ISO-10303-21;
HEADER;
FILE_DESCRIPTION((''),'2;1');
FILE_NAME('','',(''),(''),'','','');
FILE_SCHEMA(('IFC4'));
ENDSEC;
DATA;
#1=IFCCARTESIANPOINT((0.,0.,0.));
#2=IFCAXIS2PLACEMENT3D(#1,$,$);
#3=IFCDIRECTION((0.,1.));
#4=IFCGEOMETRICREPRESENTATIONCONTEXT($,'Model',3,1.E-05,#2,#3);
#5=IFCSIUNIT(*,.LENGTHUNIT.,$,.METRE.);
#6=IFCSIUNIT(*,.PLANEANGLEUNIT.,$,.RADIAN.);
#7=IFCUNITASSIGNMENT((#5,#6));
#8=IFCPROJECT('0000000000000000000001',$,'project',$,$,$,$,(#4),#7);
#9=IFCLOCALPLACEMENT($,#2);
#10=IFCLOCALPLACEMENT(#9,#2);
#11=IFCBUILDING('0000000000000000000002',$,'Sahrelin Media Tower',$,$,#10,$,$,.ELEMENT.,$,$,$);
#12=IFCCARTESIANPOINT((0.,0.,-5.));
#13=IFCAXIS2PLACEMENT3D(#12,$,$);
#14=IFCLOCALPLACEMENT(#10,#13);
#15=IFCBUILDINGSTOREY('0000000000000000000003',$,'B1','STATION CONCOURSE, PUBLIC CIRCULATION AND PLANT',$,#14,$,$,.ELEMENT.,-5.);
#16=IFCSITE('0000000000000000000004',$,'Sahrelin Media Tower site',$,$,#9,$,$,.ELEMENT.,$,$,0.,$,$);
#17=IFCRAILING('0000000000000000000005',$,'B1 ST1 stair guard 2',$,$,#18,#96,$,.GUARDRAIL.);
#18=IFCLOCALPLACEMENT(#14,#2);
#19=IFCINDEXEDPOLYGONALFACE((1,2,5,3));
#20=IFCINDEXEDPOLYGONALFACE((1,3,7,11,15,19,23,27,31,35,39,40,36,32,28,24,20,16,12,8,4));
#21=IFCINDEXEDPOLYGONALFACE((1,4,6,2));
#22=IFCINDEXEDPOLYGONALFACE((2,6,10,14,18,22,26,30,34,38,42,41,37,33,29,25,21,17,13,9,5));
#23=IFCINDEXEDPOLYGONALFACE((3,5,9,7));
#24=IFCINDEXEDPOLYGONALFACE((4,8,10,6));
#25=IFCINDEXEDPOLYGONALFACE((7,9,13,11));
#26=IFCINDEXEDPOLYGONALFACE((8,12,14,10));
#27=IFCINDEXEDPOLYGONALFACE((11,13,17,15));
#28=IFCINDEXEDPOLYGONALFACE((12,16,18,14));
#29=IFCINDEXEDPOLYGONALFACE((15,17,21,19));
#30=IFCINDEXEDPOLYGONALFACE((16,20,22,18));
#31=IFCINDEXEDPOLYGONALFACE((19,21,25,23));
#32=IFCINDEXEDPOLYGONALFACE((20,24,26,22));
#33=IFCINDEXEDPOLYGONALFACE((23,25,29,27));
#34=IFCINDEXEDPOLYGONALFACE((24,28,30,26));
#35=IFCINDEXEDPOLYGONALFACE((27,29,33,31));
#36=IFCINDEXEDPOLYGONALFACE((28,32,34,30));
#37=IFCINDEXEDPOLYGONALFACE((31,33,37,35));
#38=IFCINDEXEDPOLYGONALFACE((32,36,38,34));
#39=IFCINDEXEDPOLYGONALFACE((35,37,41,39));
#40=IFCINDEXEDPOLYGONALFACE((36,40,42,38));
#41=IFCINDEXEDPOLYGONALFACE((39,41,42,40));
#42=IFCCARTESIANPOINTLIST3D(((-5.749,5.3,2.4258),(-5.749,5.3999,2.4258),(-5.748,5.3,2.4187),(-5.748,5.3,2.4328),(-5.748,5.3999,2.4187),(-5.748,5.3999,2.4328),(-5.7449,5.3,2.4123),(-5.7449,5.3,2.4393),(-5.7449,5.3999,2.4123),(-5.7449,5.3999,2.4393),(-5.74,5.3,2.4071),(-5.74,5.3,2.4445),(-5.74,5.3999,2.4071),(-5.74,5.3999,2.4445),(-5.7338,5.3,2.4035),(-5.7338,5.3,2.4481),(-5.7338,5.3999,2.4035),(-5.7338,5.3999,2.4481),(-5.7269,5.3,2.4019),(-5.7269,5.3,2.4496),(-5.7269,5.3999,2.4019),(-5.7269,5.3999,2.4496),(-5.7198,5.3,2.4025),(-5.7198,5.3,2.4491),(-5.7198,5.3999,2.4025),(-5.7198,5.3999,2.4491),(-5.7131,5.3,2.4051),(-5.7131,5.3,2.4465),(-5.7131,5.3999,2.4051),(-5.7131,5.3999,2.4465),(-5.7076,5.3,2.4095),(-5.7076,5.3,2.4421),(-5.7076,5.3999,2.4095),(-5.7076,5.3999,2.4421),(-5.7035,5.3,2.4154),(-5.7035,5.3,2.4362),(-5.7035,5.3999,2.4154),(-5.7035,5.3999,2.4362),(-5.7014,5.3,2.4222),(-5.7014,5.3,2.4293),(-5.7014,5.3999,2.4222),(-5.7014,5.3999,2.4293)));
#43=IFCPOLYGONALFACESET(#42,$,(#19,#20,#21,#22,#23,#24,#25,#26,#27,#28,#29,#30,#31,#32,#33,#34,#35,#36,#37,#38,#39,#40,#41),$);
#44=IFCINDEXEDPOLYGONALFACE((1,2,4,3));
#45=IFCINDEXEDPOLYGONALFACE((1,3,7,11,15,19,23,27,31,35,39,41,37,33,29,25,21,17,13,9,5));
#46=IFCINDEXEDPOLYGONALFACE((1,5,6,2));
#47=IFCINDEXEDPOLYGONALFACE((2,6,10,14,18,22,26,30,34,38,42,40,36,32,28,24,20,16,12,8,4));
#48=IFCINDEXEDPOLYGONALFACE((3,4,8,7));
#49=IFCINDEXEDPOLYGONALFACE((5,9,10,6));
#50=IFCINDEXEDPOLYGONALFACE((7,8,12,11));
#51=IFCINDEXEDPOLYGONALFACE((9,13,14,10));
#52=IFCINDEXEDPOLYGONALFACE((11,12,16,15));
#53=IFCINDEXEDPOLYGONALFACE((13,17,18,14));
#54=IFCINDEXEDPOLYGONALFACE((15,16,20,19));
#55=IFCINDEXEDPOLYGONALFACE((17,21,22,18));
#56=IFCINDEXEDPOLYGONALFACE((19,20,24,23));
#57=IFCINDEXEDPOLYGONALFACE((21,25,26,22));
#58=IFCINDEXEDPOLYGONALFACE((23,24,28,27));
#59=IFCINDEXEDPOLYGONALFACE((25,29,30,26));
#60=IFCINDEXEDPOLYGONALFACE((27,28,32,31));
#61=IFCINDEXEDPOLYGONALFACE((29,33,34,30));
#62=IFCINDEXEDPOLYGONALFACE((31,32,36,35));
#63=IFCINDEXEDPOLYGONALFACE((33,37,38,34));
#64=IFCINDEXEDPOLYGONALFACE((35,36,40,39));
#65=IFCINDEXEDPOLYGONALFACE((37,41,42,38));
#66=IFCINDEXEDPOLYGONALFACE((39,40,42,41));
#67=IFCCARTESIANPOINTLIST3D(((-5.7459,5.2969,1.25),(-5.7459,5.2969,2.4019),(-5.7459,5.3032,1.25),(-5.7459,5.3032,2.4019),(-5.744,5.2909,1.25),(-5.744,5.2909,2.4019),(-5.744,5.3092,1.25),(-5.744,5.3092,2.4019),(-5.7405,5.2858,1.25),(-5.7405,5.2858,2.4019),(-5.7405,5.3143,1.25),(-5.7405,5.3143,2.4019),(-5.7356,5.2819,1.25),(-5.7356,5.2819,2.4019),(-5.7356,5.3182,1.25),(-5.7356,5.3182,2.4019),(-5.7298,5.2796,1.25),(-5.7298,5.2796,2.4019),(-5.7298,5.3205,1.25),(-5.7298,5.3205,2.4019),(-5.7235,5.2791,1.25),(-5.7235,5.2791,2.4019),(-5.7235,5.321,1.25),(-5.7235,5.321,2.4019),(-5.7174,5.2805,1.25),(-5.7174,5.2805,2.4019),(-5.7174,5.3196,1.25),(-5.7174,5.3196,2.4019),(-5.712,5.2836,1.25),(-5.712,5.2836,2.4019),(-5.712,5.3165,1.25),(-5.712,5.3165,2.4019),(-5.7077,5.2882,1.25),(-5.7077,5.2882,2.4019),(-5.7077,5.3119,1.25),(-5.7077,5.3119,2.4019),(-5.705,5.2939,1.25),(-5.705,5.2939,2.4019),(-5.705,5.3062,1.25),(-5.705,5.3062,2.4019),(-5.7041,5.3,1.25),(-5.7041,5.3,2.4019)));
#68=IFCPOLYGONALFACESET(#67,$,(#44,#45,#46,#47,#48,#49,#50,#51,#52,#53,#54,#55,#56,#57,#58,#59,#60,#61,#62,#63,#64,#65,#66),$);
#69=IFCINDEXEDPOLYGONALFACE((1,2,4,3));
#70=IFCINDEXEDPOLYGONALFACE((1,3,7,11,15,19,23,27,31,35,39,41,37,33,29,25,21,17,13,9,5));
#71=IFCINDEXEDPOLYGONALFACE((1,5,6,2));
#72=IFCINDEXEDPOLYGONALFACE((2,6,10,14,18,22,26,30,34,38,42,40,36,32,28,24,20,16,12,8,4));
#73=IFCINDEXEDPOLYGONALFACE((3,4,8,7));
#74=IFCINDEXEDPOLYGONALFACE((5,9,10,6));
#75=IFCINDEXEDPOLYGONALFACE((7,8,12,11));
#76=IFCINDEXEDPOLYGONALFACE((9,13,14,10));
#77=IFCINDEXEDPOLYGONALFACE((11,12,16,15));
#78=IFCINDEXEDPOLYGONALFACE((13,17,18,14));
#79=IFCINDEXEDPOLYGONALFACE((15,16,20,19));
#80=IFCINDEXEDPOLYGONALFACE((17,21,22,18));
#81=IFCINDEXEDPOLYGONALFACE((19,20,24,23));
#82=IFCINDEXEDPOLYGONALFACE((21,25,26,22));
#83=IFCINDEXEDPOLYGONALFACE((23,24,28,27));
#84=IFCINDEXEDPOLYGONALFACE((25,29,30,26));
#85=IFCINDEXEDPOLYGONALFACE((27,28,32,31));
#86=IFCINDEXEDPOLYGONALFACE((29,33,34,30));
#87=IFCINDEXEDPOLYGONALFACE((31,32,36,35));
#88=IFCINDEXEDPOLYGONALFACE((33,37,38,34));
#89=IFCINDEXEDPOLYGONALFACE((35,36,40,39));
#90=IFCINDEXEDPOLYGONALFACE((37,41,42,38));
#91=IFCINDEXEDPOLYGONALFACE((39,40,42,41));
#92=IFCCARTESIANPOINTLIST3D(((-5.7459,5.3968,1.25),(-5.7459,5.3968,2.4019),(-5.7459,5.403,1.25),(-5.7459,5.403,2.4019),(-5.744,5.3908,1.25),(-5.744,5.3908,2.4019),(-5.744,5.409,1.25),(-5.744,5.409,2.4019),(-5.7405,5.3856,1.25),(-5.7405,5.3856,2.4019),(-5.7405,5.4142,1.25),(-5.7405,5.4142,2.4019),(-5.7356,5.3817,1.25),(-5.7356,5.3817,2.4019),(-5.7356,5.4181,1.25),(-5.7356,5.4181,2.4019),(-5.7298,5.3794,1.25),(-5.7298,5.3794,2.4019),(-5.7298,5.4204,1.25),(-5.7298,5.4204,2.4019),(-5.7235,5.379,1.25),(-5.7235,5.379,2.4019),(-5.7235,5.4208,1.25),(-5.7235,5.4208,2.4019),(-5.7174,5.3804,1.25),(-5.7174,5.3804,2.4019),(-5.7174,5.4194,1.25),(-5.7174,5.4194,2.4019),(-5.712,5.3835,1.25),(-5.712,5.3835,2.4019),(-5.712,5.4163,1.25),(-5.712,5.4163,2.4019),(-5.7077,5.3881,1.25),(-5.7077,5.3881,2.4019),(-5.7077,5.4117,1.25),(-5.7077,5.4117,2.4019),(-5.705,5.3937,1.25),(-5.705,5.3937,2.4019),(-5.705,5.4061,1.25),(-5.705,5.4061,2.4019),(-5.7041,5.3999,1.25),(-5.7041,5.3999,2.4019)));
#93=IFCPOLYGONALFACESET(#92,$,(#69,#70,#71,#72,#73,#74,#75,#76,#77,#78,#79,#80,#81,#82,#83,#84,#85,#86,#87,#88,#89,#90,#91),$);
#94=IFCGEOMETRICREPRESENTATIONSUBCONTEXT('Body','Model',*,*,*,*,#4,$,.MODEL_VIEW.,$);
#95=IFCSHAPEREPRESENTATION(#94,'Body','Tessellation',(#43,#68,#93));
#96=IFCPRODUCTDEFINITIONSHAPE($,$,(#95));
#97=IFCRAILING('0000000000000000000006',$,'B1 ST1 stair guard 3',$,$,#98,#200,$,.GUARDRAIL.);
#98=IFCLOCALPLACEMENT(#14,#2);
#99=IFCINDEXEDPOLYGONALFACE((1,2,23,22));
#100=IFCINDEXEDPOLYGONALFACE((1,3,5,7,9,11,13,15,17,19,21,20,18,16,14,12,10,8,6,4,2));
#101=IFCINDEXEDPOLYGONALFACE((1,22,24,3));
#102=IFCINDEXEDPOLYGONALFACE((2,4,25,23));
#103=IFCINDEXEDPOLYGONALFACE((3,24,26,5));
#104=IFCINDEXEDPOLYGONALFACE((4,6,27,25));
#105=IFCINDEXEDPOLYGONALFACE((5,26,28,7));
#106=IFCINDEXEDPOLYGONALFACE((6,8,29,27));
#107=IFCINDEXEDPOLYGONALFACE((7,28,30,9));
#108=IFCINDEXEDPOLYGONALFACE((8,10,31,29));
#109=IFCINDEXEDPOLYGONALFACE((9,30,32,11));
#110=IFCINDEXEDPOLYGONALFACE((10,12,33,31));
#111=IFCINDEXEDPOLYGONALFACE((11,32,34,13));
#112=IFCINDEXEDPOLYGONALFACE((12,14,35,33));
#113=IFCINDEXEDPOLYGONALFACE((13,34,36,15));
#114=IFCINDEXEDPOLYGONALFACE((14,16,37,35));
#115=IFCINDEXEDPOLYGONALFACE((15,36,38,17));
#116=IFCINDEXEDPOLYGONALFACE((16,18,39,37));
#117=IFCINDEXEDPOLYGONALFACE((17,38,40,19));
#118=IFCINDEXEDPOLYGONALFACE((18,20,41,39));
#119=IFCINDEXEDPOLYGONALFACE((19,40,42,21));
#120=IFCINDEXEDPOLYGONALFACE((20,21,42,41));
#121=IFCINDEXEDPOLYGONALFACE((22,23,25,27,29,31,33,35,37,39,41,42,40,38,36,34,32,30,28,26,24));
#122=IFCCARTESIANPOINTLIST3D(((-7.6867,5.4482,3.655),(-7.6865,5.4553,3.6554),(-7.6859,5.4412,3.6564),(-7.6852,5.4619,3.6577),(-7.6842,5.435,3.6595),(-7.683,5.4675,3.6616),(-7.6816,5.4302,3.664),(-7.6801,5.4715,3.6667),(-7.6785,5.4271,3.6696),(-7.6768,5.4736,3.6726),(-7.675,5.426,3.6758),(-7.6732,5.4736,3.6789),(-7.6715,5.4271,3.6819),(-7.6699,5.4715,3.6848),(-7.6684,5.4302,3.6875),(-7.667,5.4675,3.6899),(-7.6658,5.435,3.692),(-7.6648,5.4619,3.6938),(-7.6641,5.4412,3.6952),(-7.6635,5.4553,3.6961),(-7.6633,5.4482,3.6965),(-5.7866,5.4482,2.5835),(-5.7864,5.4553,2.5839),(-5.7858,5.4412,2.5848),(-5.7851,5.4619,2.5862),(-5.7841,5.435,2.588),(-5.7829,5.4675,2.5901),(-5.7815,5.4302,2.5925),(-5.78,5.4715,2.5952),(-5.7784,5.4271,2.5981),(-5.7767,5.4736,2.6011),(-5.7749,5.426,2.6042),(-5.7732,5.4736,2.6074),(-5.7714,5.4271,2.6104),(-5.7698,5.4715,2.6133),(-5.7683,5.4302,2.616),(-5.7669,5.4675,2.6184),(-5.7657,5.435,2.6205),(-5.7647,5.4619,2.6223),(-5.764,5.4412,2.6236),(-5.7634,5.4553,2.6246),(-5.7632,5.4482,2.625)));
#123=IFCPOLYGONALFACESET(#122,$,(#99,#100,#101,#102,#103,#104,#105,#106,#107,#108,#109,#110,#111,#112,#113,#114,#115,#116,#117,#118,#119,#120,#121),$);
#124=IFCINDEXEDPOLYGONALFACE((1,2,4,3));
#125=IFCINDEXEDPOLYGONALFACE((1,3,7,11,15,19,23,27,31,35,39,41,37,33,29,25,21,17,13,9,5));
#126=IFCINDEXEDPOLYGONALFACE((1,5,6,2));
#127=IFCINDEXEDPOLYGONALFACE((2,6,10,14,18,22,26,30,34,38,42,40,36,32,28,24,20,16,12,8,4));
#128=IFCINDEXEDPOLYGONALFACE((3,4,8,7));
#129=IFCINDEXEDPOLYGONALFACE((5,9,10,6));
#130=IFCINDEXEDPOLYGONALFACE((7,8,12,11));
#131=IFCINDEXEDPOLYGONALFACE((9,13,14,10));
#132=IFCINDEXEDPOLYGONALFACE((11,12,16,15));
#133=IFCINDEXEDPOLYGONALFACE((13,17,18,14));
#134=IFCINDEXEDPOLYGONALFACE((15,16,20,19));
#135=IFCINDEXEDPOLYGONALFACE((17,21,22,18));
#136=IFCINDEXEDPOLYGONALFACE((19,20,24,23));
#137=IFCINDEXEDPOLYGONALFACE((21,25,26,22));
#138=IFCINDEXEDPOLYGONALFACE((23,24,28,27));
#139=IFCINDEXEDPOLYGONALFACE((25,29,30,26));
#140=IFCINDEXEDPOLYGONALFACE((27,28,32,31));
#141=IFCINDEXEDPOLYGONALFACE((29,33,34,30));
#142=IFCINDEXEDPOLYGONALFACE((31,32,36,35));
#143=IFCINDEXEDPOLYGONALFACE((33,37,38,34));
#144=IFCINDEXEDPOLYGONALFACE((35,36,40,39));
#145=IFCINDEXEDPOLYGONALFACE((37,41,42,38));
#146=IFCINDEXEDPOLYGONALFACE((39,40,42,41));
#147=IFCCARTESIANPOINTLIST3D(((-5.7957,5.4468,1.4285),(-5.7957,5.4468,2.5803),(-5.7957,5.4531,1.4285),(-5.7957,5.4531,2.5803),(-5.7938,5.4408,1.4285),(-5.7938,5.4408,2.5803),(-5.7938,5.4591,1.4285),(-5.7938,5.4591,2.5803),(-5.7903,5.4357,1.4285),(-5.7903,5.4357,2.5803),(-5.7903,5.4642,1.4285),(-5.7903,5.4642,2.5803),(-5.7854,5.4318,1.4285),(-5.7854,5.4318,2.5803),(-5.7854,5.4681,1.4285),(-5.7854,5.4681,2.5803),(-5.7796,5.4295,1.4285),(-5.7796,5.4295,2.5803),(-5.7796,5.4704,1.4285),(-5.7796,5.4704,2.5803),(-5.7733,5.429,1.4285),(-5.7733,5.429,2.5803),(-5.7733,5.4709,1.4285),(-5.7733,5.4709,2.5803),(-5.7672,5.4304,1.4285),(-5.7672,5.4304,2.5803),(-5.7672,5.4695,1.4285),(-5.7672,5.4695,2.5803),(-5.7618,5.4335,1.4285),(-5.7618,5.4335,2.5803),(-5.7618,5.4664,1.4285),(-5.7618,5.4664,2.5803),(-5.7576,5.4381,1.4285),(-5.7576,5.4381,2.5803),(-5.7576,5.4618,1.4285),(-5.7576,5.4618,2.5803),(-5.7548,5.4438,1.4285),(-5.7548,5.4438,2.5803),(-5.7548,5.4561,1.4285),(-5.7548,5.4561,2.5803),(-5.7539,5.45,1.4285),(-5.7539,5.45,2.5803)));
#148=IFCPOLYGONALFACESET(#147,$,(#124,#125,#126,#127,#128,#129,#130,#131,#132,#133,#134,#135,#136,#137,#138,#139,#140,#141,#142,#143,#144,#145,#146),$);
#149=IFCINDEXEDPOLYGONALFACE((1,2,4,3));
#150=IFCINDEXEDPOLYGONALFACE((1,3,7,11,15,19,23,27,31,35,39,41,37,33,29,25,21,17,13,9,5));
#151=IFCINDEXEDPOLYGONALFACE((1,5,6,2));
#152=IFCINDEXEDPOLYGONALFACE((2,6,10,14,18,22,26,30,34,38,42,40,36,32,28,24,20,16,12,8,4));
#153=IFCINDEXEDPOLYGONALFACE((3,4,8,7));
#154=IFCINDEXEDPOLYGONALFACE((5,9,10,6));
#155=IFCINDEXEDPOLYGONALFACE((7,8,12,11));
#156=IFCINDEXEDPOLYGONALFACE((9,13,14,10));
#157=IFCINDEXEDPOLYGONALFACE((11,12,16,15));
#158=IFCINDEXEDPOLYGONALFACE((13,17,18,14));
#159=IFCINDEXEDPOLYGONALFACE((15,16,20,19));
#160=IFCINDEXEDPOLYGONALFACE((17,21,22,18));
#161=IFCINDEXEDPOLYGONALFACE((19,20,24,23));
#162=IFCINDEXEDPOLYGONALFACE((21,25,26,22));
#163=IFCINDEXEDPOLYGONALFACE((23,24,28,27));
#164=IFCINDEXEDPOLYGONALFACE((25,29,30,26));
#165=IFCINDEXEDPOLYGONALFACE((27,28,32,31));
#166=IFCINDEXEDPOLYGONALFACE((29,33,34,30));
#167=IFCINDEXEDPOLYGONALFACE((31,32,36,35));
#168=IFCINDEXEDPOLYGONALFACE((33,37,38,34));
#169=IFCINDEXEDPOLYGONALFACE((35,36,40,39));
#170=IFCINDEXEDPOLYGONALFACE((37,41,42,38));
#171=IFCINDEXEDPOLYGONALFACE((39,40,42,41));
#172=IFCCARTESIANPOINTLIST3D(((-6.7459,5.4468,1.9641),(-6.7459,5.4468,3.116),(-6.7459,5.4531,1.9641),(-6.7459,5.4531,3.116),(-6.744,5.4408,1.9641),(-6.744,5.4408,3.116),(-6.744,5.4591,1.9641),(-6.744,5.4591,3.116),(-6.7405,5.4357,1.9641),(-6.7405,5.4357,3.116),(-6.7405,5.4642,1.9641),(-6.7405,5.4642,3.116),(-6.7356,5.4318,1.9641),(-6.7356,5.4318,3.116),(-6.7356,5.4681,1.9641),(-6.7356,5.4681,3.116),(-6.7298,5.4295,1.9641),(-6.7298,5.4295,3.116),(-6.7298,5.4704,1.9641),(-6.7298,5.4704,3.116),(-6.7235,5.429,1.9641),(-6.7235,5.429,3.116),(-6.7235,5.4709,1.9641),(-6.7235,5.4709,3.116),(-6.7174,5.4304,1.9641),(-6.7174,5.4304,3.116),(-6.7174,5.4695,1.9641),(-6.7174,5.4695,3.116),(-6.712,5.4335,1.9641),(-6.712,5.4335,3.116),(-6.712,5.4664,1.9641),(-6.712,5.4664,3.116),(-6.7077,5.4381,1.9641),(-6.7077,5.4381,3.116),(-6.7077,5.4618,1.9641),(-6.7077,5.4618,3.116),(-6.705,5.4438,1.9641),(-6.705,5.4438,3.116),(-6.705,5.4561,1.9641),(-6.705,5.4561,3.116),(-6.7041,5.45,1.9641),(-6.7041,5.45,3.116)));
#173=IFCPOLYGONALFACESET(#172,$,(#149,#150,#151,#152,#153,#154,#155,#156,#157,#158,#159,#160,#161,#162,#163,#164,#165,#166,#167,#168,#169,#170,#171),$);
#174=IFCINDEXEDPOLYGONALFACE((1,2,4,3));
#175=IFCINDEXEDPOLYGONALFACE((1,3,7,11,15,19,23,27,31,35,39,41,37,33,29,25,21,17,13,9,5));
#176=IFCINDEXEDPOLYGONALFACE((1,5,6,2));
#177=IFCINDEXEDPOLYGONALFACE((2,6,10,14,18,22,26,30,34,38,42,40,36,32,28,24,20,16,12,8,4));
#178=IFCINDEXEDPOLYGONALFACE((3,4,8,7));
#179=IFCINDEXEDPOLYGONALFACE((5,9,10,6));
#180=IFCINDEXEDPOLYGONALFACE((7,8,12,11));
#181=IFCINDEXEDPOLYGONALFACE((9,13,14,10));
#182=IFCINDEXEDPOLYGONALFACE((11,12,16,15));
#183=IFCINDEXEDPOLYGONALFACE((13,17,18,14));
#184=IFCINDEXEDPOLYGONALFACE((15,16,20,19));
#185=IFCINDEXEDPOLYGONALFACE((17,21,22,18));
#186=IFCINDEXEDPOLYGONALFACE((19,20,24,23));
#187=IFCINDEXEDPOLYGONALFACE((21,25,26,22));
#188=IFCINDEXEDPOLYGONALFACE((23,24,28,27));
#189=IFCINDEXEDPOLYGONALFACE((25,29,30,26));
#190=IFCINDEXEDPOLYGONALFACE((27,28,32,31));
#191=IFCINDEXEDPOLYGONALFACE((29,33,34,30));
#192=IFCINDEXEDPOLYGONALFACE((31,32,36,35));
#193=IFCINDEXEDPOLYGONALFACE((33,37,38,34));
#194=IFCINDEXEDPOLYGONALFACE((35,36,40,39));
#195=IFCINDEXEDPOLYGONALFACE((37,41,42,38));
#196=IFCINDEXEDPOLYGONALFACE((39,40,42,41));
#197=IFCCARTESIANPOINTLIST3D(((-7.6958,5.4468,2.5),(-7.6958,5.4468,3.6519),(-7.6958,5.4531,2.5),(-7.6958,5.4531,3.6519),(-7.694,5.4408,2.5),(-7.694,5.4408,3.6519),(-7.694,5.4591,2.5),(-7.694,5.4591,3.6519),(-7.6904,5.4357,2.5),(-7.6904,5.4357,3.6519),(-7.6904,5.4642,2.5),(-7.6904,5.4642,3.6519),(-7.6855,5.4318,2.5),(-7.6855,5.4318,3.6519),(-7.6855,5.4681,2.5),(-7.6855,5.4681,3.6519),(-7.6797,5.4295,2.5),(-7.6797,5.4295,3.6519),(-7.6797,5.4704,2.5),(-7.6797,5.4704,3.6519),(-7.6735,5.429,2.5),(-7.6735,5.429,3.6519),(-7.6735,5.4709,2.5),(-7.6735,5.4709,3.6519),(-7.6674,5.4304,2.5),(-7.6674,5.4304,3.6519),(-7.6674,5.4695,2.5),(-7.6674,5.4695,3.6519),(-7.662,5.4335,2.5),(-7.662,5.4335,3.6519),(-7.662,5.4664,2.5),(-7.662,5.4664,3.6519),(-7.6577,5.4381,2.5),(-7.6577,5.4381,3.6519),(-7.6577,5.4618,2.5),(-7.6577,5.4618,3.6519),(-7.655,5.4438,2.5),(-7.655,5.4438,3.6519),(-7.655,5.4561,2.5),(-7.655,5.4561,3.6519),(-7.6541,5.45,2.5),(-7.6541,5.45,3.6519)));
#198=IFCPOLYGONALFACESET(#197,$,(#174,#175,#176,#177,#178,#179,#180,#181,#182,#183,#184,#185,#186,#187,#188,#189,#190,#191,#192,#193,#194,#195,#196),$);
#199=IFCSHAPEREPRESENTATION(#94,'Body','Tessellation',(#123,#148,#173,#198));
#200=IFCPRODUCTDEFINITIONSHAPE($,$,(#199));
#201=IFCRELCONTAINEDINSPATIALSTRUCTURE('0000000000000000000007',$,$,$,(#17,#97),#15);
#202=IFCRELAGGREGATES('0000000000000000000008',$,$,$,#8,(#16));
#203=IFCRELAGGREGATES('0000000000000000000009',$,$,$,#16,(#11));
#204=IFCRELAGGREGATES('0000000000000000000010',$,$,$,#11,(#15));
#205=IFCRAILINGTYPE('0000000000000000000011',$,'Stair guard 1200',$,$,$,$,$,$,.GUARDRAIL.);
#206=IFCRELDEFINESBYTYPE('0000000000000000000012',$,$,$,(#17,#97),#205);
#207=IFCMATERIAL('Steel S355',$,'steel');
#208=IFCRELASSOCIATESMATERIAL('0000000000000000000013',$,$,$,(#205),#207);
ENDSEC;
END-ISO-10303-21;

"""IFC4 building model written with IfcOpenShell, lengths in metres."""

from ifc_helpers import new_model, si_unit, direction, frame, origin, origin_2d, place, context, subcontext, project, spatial, circle, extrude, material, type_object, element, save


model = new_model("IFC4")

# Units and contexts
model_context = context("Model", 3, precision=1e-05, world=origin(), true_north=direction((0.0, 1.0)))
body_context = subcontext(model_context, "Body", "Model", "MODEL_VIEW")
ifc_project = project(units=[si_unit("LENGTHUNIT", "METRE"), si_unit("PLANEANGLEUNIT", "RADIAN")], contexts=[model_context])

# Site, building, storey
site_placement = place(None, origin())
site = spatial("IfcSite", under=ifc_project, at=site_placement, Name="Sahrelin Media Tower site", CompositionType="ELEMENT", RefElevation=0.0)
building_placement = place(site_placement, origin())
building = spatial("IfcBuilding", under=site, at=building_placement, Name="Sahrelin Media Tower", CompositionType="ELEMENT")
storey_placement = place(building_placement, frame((0.0, 0.0, -5.0)))
storey = spatial("IfcBuildingStorey", under=building, at=storey_placement, Name="B1", Description="STATION CONCOURSE, PUBLIC CIRCULATION AND PLANT", CompositionType="ELEMENT", Elevation=-5.0)

# Railings
ifc_material_1 = material(Name="Steel S355", Category="steel")
railing_type_1 = type_object("IfcRailingType", Name="Stair guard 1200", PredefinedType="GUARDRAIL", material=ifc_material_1)
railing_1_placement = place(storey_placement, frame((-5.7251, 5.3, 1.25)))
element("IfcRailing", 1, at=railing_1_placement, inside=storey, type_object=railing_type_1, Name="B1 ST1 stair guard 2", PredefinedType="GUARDRAIL", context=body_context, shape_type="SweptSolid", body=[
    extrude(circle(Radius=0.0239, at=origin_2d()), frame((0.0, 0.0, 1.1758), z_axis=(0.0, 1.0, 0.0), x_axis=(-1.0, 0.0, 0.0)), (0.0, 0.0, 1.0), 0.0999),
    extrude(circle(Radius=0.021, at=origin_2d()), origin(), (0.0, 0.0, 1.0), 1.1519),
    extrude(circle(Radius=0.021, at=origin_2d()), frame((0.0, 0.0999, 0.0)), (0.0, 0.0, 1.0), 1.1519),
])
railing_2_placement = place(storey_placement, frame((-5.7749, 5.45, 1.4285)))
element("IfcRailing", 2, at=railing_2_placement, inside=storey, type_object=railing_type_1, Name="B1 ST1 stair guard 3", PredefinedType="GUARDRAIL", context=body_context, shape_type="SweptSolid", body=[
    extrude(circle(Radius=0.0239, at=origin_2d()), frame((0.0, 0.0, 1.1758), z_axis=(-0.871046, 0.0, 0.491201), x_axis=(0.0, -1.0, 0.0)), (0.0, 0.0, 1.0), 2.1814),
    extrude(circle(Radius=0.021, at=origin_2d()), origin(), (0.0, 0.0, 1.0), 1.1519),
    extrude(circle(Radius=0.021, at=origin_2d()), frame((-0.9502, 0.0, 0.5356)), (0.0, 0.0, 1.0), 1.1519),
    extrude(circle(Radius=0.021, at=origin_2d()), frame((-1.9001, 0.0, 1.0715)), (0.0, 0.0, 1.0), 1.1519),
])

save(model, "model.ifc")
